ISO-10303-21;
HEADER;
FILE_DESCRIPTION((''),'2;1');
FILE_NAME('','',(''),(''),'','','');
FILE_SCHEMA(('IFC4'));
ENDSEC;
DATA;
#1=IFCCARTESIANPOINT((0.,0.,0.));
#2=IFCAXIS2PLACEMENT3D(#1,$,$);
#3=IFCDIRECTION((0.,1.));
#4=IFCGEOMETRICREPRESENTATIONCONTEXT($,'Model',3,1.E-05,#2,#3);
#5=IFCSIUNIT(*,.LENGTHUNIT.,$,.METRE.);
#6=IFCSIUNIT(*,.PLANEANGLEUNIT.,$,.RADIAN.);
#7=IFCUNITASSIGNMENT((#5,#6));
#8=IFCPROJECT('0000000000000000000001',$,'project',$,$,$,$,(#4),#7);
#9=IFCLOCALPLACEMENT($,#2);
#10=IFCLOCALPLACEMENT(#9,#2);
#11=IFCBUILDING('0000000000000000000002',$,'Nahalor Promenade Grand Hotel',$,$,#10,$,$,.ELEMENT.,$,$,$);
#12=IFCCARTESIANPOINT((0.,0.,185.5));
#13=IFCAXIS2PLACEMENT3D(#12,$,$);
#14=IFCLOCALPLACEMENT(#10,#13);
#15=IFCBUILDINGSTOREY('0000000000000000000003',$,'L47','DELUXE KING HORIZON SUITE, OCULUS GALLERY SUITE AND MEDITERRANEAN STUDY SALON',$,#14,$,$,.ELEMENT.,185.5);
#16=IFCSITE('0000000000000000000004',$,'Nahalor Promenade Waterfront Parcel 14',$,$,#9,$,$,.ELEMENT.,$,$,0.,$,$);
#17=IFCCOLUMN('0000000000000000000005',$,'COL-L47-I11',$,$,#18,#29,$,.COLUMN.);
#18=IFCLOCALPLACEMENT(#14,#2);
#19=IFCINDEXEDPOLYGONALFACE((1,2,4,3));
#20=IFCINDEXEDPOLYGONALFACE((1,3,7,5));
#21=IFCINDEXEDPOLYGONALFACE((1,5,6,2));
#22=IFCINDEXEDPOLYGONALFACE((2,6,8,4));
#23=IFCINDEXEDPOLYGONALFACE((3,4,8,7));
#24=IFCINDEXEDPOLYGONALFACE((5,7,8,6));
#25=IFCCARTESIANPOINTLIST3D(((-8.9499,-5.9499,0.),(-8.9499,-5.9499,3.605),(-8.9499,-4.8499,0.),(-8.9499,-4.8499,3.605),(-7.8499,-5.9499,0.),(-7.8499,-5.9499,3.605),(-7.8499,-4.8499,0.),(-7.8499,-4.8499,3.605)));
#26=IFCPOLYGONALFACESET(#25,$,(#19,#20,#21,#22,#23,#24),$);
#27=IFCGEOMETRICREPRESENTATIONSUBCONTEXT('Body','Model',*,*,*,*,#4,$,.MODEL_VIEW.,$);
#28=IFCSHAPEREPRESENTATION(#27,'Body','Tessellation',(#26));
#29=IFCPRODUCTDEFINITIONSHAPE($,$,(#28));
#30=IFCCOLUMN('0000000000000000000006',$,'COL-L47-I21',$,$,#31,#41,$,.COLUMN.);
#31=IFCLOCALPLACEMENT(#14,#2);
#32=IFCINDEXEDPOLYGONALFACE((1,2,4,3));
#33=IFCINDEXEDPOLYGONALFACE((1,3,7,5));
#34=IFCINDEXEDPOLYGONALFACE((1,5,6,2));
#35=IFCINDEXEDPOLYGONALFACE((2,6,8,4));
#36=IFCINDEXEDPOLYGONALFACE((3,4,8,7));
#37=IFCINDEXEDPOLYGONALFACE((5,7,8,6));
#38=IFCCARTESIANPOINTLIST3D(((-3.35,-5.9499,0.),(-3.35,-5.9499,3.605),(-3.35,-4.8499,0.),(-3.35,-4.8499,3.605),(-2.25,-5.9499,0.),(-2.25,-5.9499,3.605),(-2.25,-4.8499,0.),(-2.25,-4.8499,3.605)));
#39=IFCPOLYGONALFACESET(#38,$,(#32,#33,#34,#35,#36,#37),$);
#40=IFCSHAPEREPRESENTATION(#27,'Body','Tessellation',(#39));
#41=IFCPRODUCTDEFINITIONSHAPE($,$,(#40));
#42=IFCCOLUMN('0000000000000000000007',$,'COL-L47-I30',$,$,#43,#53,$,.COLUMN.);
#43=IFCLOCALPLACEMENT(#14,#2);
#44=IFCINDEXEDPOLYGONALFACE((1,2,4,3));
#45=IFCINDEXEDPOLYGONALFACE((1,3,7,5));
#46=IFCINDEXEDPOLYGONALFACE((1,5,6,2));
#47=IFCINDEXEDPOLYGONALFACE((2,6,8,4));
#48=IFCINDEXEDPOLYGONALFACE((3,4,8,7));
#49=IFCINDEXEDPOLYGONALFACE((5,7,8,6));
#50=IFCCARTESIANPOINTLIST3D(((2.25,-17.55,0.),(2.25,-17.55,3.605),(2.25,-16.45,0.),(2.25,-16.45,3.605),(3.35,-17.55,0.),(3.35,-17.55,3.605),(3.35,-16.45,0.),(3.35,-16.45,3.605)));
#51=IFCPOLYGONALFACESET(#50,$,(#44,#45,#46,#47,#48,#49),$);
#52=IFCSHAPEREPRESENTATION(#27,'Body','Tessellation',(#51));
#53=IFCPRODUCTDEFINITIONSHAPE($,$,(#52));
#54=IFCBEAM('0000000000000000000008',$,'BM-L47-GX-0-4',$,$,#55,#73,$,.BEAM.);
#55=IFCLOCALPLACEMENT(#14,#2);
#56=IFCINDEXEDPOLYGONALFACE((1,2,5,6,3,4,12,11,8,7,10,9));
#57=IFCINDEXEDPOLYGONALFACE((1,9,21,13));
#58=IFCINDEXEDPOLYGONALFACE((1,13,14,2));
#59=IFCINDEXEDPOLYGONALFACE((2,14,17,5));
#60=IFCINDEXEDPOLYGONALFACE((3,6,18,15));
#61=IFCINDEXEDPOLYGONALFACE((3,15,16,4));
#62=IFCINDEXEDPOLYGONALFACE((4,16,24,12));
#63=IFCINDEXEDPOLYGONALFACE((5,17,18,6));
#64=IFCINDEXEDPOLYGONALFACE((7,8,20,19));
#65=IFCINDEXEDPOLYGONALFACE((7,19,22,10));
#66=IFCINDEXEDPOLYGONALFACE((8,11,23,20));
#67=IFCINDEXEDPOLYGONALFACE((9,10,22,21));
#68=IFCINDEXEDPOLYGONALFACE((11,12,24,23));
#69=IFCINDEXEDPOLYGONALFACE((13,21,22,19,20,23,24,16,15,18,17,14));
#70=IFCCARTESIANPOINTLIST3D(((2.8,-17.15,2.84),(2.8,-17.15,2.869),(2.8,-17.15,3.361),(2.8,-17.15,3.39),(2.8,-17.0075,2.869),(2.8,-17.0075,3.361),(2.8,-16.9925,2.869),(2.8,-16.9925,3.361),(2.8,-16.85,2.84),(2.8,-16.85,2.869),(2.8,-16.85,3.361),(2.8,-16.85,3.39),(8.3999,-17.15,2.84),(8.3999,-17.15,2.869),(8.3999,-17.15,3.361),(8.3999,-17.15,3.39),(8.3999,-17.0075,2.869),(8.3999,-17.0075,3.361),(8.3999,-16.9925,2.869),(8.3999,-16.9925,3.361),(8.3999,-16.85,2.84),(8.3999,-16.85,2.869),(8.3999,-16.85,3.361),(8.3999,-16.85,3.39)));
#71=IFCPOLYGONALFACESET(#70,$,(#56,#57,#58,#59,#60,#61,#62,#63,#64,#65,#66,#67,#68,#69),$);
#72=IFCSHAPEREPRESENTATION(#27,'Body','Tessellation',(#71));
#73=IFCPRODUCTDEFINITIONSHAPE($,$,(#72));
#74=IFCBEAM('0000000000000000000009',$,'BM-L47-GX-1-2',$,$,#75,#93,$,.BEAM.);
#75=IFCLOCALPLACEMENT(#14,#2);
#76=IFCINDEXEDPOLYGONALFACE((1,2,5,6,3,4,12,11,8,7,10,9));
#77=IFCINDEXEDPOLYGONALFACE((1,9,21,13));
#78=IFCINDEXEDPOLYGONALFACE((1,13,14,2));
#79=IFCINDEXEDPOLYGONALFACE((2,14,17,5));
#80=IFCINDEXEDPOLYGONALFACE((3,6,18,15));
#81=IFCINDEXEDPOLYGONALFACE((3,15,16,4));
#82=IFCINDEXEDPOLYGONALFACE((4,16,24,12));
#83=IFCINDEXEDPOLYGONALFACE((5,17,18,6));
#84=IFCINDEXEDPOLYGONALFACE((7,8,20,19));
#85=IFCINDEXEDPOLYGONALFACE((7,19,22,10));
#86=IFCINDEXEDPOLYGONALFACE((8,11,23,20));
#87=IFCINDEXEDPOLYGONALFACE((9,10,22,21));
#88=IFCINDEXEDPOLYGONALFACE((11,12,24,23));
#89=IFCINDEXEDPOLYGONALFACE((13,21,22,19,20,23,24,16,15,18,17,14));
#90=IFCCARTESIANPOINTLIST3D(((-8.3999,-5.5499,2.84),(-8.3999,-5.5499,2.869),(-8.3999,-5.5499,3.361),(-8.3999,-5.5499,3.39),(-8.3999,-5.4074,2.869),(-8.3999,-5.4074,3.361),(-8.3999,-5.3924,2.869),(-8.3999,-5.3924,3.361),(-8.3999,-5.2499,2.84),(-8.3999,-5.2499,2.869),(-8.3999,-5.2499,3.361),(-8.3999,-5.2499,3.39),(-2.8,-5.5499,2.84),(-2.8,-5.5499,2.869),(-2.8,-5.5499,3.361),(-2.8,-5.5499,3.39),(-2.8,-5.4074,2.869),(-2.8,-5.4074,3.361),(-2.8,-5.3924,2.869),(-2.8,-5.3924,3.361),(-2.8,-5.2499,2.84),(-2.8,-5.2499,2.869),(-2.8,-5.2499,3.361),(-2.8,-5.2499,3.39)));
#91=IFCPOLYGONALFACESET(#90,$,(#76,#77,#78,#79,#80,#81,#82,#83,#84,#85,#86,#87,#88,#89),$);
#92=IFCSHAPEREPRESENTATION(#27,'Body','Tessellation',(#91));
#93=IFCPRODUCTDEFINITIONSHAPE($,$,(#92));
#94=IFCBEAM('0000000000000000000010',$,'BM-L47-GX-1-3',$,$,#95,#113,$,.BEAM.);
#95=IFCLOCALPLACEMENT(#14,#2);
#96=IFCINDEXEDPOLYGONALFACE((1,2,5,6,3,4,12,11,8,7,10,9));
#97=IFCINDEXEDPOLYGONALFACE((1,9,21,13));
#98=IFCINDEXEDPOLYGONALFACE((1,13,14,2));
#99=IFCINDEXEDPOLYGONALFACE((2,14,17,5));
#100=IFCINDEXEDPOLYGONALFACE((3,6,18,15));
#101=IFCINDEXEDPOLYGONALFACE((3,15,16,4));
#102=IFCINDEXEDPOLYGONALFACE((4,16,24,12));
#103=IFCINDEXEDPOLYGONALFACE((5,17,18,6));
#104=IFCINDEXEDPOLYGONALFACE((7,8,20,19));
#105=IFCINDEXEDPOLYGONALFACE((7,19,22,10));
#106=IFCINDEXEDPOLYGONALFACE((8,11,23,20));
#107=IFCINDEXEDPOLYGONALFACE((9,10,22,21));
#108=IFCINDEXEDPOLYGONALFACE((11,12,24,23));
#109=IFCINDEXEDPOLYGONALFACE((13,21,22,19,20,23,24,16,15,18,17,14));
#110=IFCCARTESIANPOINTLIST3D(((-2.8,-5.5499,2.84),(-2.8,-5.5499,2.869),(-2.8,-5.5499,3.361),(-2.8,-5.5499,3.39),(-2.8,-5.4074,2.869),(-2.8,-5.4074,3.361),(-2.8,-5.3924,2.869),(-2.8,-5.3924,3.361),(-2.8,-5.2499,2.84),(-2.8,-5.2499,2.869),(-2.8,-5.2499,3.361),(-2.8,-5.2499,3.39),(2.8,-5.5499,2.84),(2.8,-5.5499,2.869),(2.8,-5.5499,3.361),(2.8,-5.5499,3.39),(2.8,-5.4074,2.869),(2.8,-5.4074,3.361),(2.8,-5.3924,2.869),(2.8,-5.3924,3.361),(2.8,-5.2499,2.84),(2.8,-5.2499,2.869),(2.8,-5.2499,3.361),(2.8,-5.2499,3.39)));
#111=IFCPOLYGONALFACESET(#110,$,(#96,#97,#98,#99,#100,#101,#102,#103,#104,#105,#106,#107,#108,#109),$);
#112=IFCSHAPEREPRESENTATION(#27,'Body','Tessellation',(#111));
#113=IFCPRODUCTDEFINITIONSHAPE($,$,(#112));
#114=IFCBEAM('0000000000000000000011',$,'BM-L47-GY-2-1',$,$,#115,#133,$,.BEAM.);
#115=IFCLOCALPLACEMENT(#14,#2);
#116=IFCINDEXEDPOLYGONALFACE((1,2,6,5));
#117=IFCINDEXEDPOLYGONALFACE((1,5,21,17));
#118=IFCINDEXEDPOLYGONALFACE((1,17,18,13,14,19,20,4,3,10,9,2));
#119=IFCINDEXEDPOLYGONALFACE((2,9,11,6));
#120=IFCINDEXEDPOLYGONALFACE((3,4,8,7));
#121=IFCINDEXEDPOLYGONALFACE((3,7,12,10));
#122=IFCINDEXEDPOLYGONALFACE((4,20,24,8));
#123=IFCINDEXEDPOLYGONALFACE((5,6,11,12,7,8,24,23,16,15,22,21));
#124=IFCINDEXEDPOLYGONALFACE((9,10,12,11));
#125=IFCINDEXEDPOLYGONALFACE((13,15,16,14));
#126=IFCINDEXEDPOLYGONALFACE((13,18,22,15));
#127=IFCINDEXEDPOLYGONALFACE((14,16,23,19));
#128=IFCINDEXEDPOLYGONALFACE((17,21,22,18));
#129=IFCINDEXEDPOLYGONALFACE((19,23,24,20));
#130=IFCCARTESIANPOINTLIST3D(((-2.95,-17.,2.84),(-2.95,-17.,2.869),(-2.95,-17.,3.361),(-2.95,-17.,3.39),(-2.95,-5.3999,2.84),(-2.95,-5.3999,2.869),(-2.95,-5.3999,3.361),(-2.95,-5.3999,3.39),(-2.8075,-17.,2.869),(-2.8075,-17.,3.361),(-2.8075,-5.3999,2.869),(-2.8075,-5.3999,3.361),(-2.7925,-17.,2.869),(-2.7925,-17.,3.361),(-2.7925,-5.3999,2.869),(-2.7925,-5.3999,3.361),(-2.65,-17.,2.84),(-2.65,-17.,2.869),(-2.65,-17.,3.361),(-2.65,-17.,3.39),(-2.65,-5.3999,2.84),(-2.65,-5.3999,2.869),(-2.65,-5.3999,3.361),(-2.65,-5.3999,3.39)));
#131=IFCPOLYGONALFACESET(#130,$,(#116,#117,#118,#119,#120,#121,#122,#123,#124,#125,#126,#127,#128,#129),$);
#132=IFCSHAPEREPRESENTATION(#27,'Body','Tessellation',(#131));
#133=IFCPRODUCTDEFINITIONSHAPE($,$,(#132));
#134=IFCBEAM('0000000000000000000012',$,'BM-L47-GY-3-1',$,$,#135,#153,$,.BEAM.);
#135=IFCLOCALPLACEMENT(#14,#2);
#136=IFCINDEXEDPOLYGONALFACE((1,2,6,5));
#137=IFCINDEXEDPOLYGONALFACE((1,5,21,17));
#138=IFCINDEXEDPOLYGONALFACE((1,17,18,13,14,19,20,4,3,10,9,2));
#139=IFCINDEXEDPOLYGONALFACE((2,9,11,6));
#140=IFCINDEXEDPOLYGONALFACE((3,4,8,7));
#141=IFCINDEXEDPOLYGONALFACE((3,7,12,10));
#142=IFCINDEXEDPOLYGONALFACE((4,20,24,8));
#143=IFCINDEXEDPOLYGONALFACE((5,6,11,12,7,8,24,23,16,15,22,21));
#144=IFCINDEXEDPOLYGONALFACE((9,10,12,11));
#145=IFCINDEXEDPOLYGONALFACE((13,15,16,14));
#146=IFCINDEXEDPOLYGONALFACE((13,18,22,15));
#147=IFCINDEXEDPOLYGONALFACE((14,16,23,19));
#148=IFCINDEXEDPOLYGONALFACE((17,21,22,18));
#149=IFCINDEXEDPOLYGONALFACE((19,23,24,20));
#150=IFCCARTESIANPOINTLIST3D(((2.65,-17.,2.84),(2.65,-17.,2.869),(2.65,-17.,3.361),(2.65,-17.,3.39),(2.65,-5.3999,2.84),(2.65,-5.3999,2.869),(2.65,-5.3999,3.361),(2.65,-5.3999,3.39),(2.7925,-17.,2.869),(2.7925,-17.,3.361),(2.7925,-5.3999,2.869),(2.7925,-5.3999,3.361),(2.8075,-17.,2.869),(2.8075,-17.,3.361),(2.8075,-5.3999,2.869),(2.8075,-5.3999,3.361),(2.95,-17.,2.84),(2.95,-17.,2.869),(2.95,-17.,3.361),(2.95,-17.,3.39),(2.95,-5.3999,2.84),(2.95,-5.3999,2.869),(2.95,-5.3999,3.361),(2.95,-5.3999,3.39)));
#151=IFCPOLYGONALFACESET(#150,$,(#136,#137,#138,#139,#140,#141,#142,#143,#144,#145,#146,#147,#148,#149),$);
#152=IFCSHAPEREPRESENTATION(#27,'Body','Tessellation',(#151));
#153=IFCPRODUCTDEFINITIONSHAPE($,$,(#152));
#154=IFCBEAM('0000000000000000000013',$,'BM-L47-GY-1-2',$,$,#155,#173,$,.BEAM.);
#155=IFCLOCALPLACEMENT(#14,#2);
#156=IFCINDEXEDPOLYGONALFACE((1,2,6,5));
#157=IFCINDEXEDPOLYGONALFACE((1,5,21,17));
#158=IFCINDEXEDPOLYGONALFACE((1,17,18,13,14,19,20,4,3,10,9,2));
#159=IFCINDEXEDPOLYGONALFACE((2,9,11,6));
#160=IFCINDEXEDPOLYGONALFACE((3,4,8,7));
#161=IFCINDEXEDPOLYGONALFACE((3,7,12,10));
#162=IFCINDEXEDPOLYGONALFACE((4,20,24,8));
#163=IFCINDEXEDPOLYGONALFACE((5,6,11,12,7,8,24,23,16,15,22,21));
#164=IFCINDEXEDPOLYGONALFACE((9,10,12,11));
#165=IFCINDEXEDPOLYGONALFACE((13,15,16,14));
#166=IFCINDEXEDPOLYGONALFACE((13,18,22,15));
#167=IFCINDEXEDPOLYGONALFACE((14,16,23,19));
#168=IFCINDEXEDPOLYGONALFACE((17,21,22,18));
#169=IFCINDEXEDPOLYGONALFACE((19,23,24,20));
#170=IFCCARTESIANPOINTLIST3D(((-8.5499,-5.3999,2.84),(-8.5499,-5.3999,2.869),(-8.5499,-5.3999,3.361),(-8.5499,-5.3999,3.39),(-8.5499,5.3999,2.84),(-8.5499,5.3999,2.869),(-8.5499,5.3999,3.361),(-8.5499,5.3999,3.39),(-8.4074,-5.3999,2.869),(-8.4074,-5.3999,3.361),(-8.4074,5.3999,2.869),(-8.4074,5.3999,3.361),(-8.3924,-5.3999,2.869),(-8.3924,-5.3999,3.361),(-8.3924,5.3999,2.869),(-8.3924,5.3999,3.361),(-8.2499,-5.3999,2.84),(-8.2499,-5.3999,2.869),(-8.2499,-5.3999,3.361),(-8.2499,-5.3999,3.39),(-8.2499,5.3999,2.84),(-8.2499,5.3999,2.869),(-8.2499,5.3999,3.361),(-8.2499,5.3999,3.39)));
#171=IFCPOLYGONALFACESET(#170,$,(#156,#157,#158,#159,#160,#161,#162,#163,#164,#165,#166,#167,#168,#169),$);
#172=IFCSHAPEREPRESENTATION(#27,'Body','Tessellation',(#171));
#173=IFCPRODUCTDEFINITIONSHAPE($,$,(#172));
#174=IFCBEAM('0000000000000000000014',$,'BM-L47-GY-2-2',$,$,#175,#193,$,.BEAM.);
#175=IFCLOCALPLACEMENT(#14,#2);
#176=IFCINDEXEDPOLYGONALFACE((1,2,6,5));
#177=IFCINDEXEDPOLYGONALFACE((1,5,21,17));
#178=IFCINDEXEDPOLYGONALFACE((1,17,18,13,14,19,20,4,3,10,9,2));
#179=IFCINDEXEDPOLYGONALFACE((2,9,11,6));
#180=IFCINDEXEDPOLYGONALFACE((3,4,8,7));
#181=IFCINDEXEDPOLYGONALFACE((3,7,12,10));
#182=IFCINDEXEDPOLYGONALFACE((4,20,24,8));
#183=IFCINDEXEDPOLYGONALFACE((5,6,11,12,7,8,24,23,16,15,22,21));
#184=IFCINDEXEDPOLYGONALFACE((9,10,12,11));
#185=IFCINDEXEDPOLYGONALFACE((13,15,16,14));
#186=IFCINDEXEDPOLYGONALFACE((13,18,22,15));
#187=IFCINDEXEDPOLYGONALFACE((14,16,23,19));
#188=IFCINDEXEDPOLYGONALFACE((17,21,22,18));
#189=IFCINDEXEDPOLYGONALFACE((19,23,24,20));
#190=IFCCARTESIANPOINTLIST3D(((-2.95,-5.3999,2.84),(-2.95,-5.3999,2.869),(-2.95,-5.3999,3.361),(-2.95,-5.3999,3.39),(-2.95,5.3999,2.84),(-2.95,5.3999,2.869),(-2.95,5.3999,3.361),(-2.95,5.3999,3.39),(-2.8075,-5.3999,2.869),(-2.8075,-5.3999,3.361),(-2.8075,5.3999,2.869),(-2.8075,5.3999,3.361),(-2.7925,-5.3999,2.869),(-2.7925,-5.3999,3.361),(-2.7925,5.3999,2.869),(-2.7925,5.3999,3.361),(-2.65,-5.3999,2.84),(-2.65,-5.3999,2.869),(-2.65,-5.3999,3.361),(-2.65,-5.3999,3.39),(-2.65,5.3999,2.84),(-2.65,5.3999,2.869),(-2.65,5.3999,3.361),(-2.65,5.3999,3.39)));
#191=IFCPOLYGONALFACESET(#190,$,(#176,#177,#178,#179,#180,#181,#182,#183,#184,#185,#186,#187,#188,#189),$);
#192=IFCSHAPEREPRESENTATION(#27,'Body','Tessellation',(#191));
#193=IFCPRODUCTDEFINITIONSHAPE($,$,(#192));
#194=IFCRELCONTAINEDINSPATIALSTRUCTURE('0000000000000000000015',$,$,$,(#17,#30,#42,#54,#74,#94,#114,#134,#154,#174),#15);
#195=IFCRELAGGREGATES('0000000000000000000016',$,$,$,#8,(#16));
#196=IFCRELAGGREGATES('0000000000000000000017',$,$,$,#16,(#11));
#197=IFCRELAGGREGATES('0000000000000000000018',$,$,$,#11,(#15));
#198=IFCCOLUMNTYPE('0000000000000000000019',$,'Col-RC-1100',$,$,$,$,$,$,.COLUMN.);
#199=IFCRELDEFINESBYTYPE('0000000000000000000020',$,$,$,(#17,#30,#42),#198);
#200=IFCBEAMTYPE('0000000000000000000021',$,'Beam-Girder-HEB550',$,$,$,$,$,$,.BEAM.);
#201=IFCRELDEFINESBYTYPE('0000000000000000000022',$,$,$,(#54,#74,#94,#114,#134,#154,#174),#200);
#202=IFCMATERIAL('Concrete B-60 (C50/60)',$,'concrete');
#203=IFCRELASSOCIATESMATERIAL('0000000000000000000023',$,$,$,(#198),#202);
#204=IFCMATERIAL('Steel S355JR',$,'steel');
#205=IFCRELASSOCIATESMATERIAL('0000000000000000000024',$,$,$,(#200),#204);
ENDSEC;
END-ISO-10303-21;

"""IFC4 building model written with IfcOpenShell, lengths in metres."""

from ifc_helpers import new_model, si_unit, direction, frame, origin, origin_2d, place, context, subcontext, project, spatial, rectangle, i_section, extrude, source, transform, mapped, material, material_profile, profile_set, type_object, element, save


model = new_model("IFC4")

# Units and contexts
model_context = context("Model", 3, precision=1e-05, world=origin(), true_north=direction((0.0, 1.0)))
body_context = subcontext(model_context, "Body", "Model", "MODEL_VIEW")
ifc_project = project(units=[si_unit("LENGTHUNIT", "METRE"), si_unit("PLANEANGLEUNIT", "RADIAN")], contexts=[model_context])

# Site, building, storey
site_placement = place(None, origin())
site = spatial("IfcSite", under=ifc_project, at=site_placement, Name="Nahalor Promenade Waterfront Parcel 14", CompositionType="ELEMENT", RefElevation=0.0)
building_placement = place(site_placement, origin())
building = spatial("IfcBuilding", under=site, at=building_placement, Name="Nahalor Promenade Grand Hotel", CompositionType="ELEMENT")
storey_placement = place(building_placement, frame((0.0, 0.0, 185.5)))
storey = spatial("IfcBuildingStorey", under=building, at=storey_placement, Name="L47", Description="DELUXE KING HORIZON SUITE, OCULUS GALLERY SUITE AND MEDITERRANEAN STUDY SALON", CompositionType="ELEMENT", Elevation=185.5)

# Columns
ifc_material_1 = material(Name="Concrete B-60 (C50/60)", Category="concrete")
ifc_material_profile_1 = material_profile(ifc_material_1, rectangle(XDim=1.1, YDim=1.1, at=origin_2d()), Name="RC 1100x1100")
ifc_profile_set_1 = profile_set([ifc_material_profile_1], Name="Concrete B-60 (C50/60)")
column_type = type_object("IfcColumnType", Name="Col-RC-1100", PredefinedType="COLUMN", material=ifc_profile_set_1)
shared_shape_1 = source(origin(), body_context, "Body", "SweptSolid", [
    extrude(rectangle(XDim=1.1, YDim=1.1, at=origin_2d()), origin(), (0.0, 0.0, 1.0), 3.605),
])
for number, where, z_axis, x_axis, name in (
    (1, (-8.3999, -5.3999, 0.0), (0.0, 0.0, 1.0), (1.0, 0.0, 0.0), "COL-L47-I11"),
    (2, (-2.8, -5.3999, 0.0), (0.0, 0.0, 1.0), (1.0, 0.0, 0.0), "COL-L47-I21"),
    (3, (2.8, -17.0, 0.0), (0.0, 0.0, 1.0), (1.0, 0.0, 0.0), "COL-L47-I30"),
):
    element("IfcColumn", number, at=place(storey_placement, frame(where, z_axis=z_axis, x_axis=x_axis)), inside=storey, type_object=column_type, Name=name, PredefinedType="COLUMN", context=body_context, shape_type="MappedRepresentation", body=[
        mapped(shared_shape_1, transform((0.0, 0.0, 0.0), scale=1.0)),
    ])

# Beams
ifc_material_2 = material(Name="Steel S355JR", Category="steel")
ifc_material_profile_2 = material_profile(ifc_material_2, i_section(OverallWidth=0.3, OverallDepth=0.55, WebThickness=0.015, FlangeThickness=0.029, at=origin_2d()), Name="HEB 550")
ifc_profile_set_2 = profile_set([ifc_material_profile_2], Name="Steel S355JR")
beam_type = type_object("IfcBeamType", Name="Beam-Girder-HEB550", PredefinedType="BEAM", material=ifc_profile_set_2)
shared_shape_2 = source(origin(), body_context, "Body", "SweptSolid", [
    extrude(i_section(OverallWidth=0.3, OverallDepth=0.55, WebThickness=0.015, FlangeThickness=0.029, at=origin_2d()), origin(), (0.0, 0.0, 1.0), 5.5999),
])
for number, where, z_axis, x_axis, name in (
    (4, (2.8, -17.0, 3.115), (1.0, 0.0, 0.0), (0.0, 1.0, 0.0), "BM-L47-GX-0-4"),
    (5, (-8.3999, -5.3999, 3.115), (1.0, 0.0, 0.0), (0.0, 1.0, 0.0), "BM-L47-GX-1-2"),
):
    element("IfcBeam", number, at=place(storey_placement, frame(where, z_axis=z_axis, x_axis=x_axis)), inside=storey, type_object=beam_type, Name=name, PredefinedType="BEAM", context=body_context, shape_type="MappedRepresentation", body=[
        mapped(shared_shape_2, transform((0.0, 0.0, 0.0), scale=1.0)),
    ])
shared_shape_3 = source(origin(), body_context, "Body", "SweptSolid", [
    extrude(i_section(OverallWidth=0.3, OverallDepth=0.55, WebThickness=0.015, FlangeThickness=0.029, at=origin_2d()), origin(), (0.0, 0.0, 1.0), 5.6001),
])
beam_placement = place(storey_placement, frame((-2.8, -5.3999, 3.115), z_axis=(1.0, 0.0, 0.0), x_axis=(0.0, 1.0, 0.0)))
element("IfcBeam", 6, at=beam_placement, inside=storey, type_object=beam_type, Name="BM-L47-GX-1-3", PredefinedType="BEAM", context=body_context, shape_type="MappedRepresentation", body=[
    mapped(shared_shape_3, transform((0.0, 0.0, 0.0), scale=1.0)),
])
shared_shape_4 = source(origin(), body_context, "Body", "SweptSolid", [
    extrude(i_section(OverallWidth=0.3, OverallDepth=0.55, WebThickness=0.015, FlangeThickness=0.029, at=origin_2d()), origin(), (0.0, 0.0, 1.0), 11.6001),
])
for number, where, z_axis, x_axis, name in (
    (7, (-2.8, -17.0, 3.115), (0.0, 1.0, 0.0), (-1.0, 0.0, 0.0), "BM-L47-GY-2-1"),
    (8, (2.8, -17.0, 3.115), (0.0, 1.0, 0.0), (-1.0, 0.0, 0.0), "BM-L47-GY-3-1"),
):
    element("IfcBeam", number, at=place(storey_placement, frame(where, z_axis=z_axis, x_axis=x_axis)), inside=storey, type_object=beam_type, Name=name, PredefinedType="BEAM", context=body_context, shape_type="MappedRepresentation", body=[
        mapped(shared_shape_4, transform((0.0, 0.0, 0.0), scale=1.0)),
    ])
shared_shape_5 = source(origin(), body_context, "Body", "SweptSolid", [
    extrude(i_section(OverallWidth=0.3, OverallDepth=0.55, WebThickness=0.015, FlangeThickness=0.029, at=origin_2d()), origin(), (0.0, 0.0, 1.0), 10.7998),
])
for number, where, z_axis, x_axis, name in (
    (9, (-8.3999, -5.3999, 3.115), (0.0, 1.0, 0.0), (-1.0, 0.0, 0.0), "BM-L47-GY-1-2"),
    (10, (-2.8, -5.3999, 3.115), (0.0, 1.0, 0.0), (-1.0, 0.0, 0.0), "BM-L47-GY-2-2"),
):
    element("IfcBeam", number, at=place(storey_placement, frame(where, z_axis=z_axis, x_axis=x_axis)), inside=storey, type_object=beam_type, Name=name, PredefinedType="BEAM", context=body_context, shape_type="MappedRepresentation", body=[
        mapped(shared_shape_5, transform((0.0, 0.0, 0.0), scale=1.0)),
    ])

save(model, "model.ifc")
